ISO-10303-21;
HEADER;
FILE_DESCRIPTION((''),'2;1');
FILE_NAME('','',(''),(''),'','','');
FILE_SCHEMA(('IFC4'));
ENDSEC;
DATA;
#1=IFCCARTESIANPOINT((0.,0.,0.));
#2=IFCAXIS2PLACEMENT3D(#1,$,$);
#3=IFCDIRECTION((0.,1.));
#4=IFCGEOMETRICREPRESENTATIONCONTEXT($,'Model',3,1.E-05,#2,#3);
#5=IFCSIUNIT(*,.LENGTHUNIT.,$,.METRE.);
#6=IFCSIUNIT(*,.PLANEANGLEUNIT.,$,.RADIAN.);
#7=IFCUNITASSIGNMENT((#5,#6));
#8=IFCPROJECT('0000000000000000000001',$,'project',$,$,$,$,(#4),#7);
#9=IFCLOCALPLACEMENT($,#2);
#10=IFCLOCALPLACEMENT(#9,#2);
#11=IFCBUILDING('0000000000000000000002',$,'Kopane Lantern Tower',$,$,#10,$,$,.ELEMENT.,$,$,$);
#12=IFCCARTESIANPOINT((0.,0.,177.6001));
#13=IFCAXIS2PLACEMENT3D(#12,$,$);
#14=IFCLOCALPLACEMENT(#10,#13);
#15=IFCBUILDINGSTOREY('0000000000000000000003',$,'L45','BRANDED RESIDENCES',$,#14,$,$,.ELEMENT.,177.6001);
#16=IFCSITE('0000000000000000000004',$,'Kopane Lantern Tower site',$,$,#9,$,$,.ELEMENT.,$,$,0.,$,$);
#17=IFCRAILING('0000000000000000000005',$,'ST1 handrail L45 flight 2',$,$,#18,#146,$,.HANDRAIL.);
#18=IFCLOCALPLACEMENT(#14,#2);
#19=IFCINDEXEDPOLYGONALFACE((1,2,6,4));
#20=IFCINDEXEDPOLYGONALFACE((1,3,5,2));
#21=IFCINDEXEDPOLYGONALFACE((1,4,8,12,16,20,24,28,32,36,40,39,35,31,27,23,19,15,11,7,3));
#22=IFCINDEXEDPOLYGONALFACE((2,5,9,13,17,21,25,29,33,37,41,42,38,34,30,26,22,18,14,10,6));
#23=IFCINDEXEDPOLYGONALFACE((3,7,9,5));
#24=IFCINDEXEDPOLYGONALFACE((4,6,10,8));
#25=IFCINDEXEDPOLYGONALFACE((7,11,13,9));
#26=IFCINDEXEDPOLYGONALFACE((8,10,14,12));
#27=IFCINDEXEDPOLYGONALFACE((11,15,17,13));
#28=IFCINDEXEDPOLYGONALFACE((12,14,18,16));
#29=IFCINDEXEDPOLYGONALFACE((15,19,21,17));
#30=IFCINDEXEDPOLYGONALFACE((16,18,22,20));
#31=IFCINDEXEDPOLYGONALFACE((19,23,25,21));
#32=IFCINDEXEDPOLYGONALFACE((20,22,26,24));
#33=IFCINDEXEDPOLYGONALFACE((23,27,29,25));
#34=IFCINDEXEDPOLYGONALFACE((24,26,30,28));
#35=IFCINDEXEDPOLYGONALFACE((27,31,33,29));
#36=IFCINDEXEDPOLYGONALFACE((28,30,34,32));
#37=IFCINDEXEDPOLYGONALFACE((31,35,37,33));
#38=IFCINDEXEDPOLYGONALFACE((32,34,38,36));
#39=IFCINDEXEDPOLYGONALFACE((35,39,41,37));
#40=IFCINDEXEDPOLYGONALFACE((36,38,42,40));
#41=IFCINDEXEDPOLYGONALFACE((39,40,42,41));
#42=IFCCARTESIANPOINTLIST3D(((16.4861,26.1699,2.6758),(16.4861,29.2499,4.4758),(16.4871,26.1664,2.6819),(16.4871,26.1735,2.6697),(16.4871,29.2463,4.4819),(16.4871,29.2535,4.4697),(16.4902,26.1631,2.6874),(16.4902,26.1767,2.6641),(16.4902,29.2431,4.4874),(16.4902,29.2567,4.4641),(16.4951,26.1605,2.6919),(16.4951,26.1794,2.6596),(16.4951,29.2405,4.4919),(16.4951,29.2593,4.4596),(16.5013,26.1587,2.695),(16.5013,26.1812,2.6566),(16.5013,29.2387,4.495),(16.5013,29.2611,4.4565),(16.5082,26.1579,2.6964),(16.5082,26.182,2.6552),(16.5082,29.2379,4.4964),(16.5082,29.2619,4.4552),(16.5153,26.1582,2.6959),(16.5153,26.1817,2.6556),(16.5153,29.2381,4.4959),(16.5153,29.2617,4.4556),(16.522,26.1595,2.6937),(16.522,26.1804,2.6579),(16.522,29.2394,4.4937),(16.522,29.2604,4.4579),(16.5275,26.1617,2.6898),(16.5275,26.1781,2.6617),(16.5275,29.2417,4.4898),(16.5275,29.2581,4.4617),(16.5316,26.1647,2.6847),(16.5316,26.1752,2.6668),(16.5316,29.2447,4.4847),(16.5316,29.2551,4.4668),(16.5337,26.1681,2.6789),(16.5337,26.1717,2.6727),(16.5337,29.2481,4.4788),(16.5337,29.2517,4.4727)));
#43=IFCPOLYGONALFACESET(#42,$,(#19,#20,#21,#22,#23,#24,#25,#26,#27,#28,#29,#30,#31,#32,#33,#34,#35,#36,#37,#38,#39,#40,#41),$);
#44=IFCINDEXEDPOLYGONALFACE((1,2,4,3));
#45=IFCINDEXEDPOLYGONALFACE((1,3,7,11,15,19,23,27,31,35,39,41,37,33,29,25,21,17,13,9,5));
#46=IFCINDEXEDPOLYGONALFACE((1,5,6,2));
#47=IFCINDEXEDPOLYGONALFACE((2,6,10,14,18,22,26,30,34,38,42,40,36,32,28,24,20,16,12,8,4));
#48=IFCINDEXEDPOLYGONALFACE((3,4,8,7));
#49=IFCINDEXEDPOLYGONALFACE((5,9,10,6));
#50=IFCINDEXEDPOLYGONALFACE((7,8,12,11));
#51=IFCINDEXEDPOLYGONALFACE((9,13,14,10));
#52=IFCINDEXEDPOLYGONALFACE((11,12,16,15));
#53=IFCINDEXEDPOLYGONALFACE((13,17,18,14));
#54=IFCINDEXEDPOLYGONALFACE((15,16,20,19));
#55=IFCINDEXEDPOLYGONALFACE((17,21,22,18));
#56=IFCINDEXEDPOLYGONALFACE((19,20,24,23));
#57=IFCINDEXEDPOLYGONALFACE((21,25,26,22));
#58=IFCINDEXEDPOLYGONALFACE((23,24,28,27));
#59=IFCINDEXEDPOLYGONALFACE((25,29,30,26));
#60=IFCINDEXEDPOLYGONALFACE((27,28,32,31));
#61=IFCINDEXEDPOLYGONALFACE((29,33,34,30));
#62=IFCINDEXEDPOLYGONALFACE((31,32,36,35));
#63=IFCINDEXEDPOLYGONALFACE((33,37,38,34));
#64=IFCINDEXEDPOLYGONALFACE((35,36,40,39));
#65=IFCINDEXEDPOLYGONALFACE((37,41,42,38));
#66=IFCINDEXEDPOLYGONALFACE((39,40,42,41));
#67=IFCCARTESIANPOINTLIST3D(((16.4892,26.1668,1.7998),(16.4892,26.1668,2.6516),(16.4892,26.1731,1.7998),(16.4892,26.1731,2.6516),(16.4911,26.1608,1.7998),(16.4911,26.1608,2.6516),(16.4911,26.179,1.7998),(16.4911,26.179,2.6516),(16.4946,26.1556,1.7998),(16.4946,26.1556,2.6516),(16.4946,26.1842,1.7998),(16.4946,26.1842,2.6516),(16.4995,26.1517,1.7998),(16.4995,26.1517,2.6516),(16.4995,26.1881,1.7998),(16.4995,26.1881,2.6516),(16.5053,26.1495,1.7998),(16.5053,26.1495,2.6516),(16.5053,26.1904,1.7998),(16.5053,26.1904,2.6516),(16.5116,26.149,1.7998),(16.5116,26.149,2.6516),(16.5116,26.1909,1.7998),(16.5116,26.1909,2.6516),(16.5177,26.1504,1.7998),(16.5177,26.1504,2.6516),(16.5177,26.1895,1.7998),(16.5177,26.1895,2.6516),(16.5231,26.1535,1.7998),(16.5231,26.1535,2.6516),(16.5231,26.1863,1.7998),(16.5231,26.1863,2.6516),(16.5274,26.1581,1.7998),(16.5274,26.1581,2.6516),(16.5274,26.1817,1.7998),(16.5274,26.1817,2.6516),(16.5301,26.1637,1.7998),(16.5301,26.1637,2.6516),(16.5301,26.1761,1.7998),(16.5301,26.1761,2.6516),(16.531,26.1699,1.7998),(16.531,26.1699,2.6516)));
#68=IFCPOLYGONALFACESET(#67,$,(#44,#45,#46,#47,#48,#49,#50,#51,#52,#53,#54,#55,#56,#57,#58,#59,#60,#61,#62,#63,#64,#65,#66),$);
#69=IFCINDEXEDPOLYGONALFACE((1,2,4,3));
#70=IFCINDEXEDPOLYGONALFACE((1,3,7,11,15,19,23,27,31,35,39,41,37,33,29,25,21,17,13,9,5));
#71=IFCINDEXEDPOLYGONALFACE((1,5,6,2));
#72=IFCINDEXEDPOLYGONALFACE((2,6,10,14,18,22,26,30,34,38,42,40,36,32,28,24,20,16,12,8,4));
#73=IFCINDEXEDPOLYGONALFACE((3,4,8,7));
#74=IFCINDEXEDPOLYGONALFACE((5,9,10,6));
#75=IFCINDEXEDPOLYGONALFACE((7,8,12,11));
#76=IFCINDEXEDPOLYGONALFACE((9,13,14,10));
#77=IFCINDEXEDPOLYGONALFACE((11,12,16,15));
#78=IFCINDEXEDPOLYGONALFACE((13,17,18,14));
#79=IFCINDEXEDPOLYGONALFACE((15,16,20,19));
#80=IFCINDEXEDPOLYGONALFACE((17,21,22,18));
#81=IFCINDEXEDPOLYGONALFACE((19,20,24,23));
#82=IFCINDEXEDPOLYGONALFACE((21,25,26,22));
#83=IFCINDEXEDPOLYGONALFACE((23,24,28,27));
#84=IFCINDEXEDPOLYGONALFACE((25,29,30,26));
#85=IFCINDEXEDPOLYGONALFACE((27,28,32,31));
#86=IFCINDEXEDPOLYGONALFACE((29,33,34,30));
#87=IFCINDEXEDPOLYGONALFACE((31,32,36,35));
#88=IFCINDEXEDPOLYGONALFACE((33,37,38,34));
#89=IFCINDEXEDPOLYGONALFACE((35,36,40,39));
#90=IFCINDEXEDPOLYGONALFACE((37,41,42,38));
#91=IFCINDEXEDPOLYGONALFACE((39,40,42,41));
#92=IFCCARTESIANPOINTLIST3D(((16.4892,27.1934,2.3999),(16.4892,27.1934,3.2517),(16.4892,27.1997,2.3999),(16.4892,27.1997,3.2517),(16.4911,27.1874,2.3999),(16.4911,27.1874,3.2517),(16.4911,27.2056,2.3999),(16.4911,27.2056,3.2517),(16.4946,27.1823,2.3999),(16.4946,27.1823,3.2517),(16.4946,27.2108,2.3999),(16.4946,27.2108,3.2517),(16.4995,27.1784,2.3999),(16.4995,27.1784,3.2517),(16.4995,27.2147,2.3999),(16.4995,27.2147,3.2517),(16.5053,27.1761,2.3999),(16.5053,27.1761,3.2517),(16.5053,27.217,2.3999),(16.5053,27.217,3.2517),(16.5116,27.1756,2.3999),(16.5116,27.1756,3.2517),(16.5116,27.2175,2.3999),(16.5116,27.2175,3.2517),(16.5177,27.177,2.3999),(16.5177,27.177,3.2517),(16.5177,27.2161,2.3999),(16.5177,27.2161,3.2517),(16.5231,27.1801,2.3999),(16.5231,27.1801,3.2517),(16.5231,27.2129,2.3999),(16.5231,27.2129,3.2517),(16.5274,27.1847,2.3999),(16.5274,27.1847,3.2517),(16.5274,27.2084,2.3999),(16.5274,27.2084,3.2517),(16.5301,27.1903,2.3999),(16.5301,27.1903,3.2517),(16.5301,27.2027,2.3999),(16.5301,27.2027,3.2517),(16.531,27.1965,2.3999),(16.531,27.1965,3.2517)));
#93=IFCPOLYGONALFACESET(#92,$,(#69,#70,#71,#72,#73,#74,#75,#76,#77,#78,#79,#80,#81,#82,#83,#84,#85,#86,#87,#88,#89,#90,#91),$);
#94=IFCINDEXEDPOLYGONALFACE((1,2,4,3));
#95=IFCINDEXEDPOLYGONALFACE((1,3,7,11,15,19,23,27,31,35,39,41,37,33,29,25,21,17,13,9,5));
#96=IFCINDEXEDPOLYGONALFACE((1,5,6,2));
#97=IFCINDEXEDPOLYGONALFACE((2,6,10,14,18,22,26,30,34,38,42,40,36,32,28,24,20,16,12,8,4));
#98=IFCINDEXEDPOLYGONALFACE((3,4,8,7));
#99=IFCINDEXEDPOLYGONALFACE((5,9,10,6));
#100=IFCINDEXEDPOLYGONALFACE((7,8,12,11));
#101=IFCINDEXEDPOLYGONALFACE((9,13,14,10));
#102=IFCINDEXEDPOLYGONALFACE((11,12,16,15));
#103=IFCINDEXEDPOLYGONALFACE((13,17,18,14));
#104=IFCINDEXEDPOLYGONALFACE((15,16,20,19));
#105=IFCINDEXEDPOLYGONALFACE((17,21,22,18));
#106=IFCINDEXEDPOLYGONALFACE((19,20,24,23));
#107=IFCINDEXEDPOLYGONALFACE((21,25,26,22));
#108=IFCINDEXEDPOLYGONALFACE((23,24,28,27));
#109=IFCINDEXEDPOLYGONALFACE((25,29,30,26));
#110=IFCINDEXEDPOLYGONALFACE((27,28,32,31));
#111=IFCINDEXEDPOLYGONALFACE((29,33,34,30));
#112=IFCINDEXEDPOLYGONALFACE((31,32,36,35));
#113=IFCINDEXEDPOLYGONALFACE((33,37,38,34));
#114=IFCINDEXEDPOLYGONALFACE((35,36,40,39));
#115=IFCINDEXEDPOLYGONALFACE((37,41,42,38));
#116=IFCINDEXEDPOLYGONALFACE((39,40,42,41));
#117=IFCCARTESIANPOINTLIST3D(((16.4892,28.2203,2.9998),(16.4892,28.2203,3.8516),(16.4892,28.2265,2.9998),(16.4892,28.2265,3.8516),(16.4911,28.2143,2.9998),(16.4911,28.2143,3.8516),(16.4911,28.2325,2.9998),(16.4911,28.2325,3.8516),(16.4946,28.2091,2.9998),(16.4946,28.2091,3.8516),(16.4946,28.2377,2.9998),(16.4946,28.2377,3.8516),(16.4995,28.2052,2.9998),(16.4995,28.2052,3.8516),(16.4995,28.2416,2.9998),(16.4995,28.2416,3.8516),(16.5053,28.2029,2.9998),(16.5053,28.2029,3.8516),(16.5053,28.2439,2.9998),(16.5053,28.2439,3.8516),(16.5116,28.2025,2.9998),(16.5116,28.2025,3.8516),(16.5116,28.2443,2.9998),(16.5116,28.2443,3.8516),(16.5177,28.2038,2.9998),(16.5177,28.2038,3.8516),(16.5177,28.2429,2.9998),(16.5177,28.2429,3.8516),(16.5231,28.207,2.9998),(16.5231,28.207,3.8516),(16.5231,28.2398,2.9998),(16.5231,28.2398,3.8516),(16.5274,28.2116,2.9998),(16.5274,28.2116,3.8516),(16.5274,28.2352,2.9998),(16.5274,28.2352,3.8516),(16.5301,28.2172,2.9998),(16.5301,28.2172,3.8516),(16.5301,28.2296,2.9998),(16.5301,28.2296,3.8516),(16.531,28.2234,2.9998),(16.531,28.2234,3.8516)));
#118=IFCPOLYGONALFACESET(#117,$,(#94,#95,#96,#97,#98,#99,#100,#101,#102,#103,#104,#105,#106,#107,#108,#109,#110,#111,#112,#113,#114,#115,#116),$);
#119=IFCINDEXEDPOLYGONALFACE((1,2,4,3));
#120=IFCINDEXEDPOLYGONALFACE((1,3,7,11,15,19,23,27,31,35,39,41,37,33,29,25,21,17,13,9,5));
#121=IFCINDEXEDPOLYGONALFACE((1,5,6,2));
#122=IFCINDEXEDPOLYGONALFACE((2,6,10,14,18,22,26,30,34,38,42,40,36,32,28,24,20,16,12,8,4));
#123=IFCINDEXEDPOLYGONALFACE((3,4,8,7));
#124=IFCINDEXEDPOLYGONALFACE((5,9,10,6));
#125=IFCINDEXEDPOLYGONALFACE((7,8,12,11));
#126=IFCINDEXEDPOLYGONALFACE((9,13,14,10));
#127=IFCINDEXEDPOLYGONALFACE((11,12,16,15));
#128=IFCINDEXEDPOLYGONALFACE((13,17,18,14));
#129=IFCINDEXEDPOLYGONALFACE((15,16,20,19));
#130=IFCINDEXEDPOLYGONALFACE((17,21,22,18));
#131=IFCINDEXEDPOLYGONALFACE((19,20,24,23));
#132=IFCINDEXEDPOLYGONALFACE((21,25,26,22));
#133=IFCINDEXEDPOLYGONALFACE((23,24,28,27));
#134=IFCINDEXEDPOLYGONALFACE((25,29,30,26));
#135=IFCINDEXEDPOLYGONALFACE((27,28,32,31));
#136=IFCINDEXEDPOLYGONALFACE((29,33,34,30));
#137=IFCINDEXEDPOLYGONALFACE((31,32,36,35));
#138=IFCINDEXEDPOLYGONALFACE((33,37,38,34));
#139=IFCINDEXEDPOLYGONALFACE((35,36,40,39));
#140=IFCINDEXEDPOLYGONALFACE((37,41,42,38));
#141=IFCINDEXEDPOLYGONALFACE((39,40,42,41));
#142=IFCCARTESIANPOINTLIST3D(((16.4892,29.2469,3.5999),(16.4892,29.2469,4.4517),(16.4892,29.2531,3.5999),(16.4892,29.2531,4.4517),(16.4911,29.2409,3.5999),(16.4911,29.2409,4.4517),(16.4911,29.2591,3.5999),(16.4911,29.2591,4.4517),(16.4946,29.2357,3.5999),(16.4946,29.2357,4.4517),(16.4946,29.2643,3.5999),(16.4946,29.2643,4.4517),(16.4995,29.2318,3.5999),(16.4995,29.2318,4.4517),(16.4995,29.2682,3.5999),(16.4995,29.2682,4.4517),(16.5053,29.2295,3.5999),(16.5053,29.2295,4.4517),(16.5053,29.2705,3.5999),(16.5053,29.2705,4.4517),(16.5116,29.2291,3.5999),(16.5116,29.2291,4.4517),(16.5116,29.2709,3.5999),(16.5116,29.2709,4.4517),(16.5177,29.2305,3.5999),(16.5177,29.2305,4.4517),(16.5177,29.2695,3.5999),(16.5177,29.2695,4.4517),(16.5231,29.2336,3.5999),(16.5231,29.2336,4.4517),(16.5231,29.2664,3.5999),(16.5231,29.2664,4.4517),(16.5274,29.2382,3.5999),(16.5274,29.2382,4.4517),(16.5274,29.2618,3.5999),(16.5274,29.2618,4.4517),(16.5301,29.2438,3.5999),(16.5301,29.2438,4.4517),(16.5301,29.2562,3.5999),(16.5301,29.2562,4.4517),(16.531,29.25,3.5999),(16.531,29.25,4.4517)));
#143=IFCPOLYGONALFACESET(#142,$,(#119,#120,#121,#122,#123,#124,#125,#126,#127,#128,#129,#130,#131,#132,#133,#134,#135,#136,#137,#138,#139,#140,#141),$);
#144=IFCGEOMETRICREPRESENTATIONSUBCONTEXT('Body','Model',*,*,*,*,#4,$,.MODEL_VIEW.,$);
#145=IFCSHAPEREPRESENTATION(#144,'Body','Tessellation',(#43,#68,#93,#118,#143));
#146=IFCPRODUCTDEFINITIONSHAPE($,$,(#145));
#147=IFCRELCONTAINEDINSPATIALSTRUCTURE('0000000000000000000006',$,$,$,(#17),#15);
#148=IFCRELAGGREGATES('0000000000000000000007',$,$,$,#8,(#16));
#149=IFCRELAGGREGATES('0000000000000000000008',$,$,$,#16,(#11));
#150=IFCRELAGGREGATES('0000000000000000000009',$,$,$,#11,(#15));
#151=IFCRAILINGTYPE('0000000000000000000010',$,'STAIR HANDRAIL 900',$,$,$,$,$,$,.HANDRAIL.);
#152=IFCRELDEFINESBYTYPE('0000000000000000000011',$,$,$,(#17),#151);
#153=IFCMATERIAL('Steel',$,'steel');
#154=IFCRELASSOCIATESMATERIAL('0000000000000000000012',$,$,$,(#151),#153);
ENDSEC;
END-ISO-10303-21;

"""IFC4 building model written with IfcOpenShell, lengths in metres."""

from ifc_helpers import new_model, si_unit, direction, frame, origin, origin_2d, place, context, subcontext, project, spatial, circle, extrude, material, type_object, element, save


model = new_model("IFC4")

# Units and contexts
model_context = context("Model", 3, precision=1e-05, world=origin(), true_north=direction((0.0, 1.0)))
body_context = subcontext(model_context, "Body", "Model", "MODEL_VIEW")
ifc_project = project(units=[si_unit("LENGTHUNIT", "METRE"), si_unit("PLANEANGLEUNIT", "RADIAN")], contexts=[model_context])

# Site, building, storey
site_placement = place(None, origin())
site = spatial("IfcSite", under=ifc_project, at=site_placement, Name="Kopane Lantern Tower site", CompositionType="ELEMENT", RefElevation=0.0)
building_placement = place(site_placement, origin())
building = spatial("IfcBuilding", under=site, at=building_placement, Name="Kopane Lantern Tower", CompositionType="ELEMENT")
storey_placement = place(building_placement, frame((0.0, 0.0, 177.6001)))
storey = spatial("IfcBuildingStorey", under=building, at=storey_placement, Name="L45", Description="BRANDED RESIDENCES", CompositionType="ELEMENT", Elevation=177.6001)

# Railing
ifc_material_1 = material(Name="Steel", Category="steel")
railing_type_1 = type_object("IfcRailingType", Name="STAIR HANDRAIL 900", PredefinedType="HANDRAIL", material=ifc_material_1)
for number, where, name in (
    (1, (16.51, 26.1699, 1.7998), "ST1 handrail L45 flight 2"),
):
    element("IfcRailing", number, at=place(storey_placement, frame(where)), inside=storey, type_object=railing_type_1, Name=name, PredefinedType="HANDRAIL", context=body_context, shape_type="SweptSolid", body=[
        extrude(circle(Radius=0.0239, at=origin_2d()), frame((0.0, 0.0, 0.876), z_axis=(0.0, 0.863372, 0.504569), x_axis=(-1.0, 0.0, 0.0)), (0.0, 0.0, 1.0), 3.5674),
        extrude(circle(Radius=0.021, at=origin_2d()), origin(), (0.0, 0.0, 1.0), 0.8518),
        extrude(circle(Radius=0.021, at=origin_2d()), frame((0.0, 1.0266, 0.6001)), (0.0, 0.0, 1.0), 0.8518),
        extrude(circle(Radius=0.021, at=origin_2d()), frame((0.0, 2.0535, 1.2)), (0.0, 0.0, 1.0), 0.8518),
        extrude(circle(Radius=0.021, at=origin_2d()), frame((0.0, 3.0801, 1.8)), (0.0, 0.0, 1.0), 0.8518),
    ])

save(model, "model.ifc")
